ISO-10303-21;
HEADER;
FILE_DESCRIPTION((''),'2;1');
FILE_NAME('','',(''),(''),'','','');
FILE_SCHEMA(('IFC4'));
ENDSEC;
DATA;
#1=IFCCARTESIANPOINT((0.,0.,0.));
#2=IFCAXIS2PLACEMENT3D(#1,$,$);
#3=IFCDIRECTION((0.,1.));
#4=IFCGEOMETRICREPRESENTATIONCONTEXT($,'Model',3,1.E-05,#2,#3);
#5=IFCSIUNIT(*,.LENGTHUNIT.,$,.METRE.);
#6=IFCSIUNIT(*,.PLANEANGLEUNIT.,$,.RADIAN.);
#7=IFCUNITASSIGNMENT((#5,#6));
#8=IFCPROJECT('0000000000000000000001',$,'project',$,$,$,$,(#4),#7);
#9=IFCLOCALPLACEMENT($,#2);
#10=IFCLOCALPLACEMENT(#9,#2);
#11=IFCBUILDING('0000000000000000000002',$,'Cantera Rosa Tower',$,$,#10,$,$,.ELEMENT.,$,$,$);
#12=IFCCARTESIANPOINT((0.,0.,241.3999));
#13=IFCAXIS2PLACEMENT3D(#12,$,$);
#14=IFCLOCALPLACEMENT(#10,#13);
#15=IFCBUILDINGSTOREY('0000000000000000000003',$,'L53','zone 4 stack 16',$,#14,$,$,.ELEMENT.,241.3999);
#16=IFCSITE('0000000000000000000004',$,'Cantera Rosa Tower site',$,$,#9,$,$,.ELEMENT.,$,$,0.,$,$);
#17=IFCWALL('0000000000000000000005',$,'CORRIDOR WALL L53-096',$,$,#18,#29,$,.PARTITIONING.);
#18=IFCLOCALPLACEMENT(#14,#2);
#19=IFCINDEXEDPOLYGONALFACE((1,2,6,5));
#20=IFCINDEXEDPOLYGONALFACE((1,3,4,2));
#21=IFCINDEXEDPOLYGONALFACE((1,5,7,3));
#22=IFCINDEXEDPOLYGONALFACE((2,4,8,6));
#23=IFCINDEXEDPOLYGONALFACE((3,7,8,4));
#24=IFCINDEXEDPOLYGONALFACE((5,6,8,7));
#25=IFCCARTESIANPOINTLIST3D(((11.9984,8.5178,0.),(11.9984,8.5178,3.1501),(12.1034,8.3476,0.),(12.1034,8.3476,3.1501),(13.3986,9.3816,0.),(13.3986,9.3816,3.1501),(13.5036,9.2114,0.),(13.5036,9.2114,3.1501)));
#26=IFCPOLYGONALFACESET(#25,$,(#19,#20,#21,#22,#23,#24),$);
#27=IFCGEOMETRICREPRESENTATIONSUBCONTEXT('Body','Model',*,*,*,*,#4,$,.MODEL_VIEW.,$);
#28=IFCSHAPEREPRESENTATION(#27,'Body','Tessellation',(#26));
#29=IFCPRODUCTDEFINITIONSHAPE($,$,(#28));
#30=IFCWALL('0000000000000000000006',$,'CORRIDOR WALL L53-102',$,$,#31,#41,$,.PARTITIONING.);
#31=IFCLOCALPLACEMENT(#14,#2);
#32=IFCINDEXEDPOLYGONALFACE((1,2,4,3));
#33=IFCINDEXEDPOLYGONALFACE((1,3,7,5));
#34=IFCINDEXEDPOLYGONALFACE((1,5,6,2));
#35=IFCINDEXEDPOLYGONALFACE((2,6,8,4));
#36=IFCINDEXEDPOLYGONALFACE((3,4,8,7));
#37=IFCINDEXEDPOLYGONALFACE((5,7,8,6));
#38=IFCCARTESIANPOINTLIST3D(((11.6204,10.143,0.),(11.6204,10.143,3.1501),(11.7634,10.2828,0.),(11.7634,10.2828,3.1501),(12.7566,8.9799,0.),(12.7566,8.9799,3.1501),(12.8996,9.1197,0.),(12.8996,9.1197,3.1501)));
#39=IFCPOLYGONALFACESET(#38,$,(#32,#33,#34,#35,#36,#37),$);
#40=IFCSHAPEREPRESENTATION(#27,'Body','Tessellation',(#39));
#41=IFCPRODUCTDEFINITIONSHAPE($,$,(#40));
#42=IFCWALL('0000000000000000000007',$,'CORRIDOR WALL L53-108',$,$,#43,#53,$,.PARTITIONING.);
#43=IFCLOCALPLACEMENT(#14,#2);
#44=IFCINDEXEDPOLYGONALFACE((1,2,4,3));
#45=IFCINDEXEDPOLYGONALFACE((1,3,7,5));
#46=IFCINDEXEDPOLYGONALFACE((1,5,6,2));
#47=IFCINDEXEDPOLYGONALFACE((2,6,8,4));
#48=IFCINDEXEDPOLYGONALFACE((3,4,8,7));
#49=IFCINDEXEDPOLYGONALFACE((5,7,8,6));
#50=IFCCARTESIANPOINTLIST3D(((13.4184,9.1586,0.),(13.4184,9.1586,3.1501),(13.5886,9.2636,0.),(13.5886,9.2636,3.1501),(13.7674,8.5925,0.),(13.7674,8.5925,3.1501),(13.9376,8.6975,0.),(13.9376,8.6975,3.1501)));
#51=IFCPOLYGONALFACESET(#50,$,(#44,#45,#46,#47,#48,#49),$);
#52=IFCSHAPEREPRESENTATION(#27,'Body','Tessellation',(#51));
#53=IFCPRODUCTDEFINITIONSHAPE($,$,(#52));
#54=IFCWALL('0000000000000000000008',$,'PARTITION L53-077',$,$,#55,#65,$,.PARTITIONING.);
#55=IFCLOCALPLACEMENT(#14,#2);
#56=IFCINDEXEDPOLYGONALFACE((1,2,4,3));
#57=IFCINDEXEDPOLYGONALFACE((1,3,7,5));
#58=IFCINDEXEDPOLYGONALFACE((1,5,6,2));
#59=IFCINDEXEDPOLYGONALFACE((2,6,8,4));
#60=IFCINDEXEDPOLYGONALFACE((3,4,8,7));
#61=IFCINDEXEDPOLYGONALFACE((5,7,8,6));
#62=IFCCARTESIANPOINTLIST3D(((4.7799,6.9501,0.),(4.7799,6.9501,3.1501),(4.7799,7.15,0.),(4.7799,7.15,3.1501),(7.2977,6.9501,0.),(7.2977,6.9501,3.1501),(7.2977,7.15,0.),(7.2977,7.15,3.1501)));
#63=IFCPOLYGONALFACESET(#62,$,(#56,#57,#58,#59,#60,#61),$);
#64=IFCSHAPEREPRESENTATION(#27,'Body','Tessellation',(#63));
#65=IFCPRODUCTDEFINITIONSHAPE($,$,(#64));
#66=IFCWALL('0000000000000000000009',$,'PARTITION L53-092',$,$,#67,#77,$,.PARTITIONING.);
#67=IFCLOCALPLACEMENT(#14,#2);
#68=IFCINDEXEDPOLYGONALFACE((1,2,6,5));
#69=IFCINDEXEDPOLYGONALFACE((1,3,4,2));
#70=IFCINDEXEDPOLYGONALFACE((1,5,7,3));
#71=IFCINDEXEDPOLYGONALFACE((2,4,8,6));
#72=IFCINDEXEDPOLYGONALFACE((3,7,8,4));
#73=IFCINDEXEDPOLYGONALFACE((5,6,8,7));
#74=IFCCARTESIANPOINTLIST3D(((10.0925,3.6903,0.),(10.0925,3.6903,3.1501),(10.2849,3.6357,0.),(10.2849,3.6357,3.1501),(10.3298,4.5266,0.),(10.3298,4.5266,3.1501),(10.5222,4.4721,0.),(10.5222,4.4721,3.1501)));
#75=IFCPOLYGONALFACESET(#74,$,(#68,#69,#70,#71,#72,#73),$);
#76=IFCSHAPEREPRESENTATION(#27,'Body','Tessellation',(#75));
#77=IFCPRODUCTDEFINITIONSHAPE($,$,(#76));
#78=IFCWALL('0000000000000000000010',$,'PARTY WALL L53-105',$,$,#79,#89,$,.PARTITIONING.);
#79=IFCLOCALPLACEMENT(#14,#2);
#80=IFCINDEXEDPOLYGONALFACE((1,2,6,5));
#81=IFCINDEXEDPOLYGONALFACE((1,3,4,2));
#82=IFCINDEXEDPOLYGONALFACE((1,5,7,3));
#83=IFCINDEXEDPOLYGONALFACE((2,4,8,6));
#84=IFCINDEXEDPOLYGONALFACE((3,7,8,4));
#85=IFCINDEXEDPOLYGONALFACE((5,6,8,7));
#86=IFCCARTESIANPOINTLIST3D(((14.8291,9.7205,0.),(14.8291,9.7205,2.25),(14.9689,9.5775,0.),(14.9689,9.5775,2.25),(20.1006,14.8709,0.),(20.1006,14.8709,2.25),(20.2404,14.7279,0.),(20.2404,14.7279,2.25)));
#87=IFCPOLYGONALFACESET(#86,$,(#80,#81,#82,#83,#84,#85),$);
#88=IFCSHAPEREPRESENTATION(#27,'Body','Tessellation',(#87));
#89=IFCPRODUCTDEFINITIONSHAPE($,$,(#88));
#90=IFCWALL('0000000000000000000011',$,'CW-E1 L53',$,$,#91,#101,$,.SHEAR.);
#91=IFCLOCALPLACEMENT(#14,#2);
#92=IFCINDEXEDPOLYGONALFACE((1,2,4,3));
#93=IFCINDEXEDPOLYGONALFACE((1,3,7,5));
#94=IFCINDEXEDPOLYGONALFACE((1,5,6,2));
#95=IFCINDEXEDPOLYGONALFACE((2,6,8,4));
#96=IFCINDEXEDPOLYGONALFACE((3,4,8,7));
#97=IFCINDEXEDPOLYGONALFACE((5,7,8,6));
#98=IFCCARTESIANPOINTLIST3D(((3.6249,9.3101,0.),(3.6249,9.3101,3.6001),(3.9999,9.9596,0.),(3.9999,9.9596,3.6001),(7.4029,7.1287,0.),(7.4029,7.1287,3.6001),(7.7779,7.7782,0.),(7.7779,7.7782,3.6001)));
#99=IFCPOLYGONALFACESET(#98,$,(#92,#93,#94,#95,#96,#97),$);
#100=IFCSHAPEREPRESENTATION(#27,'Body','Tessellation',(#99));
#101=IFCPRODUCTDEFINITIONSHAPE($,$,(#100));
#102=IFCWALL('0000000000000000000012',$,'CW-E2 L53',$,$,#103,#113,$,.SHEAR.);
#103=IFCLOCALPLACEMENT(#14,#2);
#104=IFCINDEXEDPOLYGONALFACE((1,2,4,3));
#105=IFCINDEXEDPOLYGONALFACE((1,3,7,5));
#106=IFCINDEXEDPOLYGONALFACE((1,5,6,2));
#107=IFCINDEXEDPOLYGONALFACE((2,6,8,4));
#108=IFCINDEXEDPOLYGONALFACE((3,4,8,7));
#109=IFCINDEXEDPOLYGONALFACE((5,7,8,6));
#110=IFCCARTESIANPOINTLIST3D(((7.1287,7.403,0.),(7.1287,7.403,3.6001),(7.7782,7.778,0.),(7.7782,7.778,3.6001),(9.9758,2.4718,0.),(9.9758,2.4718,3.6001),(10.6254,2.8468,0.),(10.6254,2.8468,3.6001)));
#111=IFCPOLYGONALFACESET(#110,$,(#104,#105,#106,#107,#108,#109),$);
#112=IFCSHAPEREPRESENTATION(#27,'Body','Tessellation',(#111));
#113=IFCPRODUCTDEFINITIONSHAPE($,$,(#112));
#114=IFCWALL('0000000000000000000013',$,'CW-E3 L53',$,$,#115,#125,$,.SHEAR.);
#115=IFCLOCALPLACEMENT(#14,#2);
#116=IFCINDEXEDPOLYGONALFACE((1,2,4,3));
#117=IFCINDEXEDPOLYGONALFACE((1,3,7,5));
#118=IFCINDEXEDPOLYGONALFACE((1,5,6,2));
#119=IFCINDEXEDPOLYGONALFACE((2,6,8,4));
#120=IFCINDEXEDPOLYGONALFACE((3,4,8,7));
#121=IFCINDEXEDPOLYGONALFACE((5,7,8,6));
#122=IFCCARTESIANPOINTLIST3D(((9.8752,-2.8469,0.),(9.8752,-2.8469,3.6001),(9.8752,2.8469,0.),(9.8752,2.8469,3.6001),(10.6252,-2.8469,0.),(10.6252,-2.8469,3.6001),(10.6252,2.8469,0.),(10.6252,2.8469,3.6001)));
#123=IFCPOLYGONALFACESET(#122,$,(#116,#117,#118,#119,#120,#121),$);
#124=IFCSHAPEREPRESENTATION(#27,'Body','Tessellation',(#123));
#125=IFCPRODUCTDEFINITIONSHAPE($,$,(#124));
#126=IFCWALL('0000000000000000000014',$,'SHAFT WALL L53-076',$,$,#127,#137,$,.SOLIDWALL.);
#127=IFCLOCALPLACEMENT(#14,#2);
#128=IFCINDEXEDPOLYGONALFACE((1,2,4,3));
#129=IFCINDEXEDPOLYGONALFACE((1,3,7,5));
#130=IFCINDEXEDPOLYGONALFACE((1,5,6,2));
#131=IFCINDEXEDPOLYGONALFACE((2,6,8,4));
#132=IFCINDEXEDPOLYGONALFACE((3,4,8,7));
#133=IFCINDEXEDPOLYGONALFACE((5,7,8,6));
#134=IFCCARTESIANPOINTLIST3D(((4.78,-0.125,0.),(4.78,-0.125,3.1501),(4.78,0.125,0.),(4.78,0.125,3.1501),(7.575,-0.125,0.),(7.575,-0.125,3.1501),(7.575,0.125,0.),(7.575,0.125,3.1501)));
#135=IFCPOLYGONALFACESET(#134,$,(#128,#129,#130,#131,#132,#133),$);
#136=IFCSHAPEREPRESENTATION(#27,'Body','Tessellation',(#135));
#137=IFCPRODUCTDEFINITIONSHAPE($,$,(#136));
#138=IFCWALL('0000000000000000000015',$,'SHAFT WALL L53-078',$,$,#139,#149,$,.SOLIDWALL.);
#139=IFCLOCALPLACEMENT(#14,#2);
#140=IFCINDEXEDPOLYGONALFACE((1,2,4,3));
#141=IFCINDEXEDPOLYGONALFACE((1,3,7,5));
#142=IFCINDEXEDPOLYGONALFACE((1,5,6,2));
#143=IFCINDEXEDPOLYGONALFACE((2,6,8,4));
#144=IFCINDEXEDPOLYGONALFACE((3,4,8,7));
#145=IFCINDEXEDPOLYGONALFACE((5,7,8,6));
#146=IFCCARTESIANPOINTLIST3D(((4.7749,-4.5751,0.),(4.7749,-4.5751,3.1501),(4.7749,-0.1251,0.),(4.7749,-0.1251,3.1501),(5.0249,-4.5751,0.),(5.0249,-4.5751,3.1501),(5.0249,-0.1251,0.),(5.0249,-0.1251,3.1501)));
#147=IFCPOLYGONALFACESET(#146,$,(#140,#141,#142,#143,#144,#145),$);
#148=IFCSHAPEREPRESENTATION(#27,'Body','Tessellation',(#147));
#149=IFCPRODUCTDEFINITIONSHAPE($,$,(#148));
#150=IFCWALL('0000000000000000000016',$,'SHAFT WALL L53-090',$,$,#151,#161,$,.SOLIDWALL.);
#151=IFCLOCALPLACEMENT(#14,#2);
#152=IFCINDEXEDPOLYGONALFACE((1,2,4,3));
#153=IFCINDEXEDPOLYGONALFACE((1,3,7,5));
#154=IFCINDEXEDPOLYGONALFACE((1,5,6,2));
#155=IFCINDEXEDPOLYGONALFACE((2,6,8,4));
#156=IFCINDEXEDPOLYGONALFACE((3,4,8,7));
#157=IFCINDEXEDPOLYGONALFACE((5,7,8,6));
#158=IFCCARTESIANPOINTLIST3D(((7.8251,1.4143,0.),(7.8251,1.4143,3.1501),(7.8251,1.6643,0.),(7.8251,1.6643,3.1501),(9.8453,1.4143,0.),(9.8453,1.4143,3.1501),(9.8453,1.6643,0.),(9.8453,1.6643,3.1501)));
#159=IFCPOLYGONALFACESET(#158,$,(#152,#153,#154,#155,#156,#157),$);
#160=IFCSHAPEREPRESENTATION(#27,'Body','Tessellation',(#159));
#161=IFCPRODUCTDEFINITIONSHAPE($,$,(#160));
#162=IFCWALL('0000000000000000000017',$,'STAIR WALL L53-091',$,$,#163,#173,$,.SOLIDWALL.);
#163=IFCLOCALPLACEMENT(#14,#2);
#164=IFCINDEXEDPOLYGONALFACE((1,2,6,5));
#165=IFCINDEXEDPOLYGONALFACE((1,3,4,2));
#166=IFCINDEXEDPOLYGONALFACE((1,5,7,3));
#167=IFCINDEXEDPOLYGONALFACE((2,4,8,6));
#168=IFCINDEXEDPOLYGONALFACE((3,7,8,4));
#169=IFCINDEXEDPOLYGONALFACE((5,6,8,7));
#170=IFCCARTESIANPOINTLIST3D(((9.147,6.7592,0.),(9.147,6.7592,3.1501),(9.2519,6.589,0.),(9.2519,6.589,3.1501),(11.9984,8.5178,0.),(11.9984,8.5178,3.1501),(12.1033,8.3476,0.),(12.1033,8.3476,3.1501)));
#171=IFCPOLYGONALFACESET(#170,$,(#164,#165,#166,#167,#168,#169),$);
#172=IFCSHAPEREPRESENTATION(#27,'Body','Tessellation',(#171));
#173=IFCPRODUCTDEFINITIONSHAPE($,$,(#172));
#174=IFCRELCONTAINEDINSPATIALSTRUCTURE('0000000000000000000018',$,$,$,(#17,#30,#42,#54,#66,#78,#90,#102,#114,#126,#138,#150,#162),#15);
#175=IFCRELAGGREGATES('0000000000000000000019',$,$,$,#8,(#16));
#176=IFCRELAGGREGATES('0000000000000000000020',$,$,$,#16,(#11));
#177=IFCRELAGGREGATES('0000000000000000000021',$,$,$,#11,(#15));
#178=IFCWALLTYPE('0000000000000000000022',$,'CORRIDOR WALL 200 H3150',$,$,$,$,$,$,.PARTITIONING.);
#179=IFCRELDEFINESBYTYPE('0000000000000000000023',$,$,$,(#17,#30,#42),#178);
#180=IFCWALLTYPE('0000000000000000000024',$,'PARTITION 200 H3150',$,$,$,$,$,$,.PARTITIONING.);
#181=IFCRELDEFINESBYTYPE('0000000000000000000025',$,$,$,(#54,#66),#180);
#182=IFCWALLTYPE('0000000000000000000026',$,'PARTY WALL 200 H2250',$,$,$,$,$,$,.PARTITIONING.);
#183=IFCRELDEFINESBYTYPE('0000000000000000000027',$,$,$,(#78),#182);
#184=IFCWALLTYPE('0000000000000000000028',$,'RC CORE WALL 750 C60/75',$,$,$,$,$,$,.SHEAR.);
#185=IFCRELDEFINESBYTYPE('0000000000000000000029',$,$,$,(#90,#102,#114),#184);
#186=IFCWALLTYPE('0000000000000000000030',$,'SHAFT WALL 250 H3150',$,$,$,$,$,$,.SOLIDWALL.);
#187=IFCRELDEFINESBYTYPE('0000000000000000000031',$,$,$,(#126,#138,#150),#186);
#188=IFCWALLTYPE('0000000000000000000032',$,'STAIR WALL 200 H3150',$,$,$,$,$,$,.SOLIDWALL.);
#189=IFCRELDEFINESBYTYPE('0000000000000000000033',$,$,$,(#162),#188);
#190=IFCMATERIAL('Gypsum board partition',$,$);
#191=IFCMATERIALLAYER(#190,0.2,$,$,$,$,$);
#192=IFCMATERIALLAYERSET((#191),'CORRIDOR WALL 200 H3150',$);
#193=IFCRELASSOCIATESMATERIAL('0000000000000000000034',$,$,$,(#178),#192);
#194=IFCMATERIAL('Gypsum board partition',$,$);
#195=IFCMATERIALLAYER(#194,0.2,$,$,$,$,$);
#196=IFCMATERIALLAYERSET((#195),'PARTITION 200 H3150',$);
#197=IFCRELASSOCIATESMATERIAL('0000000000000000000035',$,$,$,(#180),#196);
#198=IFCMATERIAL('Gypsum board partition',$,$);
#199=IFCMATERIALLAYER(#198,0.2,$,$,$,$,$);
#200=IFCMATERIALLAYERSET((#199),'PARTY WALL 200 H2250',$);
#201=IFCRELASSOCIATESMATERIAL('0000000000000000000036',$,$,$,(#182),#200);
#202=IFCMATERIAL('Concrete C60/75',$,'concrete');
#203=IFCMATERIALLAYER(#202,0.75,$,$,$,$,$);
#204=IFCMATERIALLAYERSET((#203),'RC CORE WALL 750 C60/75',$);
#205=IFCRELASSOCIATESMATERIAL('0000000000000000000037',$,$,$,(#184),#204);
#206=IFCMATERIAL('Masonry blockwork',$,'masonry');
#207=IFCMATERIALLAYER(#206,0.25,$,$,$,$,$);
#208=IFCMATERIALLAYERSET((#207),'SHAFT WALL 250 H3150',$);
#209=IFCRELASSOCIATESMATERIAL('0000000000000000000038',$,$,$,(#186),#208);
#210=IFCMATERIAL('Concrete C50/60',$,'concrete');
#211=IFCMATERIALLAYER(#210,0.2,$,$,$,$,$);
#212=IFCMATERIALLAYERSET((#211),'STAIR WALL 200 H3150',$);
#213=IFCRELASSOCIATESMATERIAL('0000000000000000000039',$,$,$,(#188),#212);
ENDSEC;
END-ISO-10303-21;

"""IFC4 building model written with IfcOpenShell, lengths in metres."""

from ifc_helpers import new_model, si_unit, direction, frame, frame_2d, origin, place, context, subcontext, project, spatial, rectangle, extrude, material, layer, layer_set, type_object, element, save


model = new_model("IFC4")

# Units and contexts
model_context = context("Model", 3, precision=1e-05, world=origin(), true_north=direction((0.0, 1.0)))
body_context = subcontext(model_context, "Body", "Model", "MODEL_VIEW")
ifc_project = project(units=[si_unit("LENGTHUNIT", "METRE"), si_unit("PLANEANGLEUNIT", "RADIAN")], contexts=[model_context])

# Site, building, storey
site_placement = place(None, origin())
site = spatial("IfcSite", under=ifc_project, at=site_placement, Name="Cantera Rosa Tower site", CompositionType="ELEMENT", RefElevation=0.0)
building_placement = place(site_placement, origin())
building = spatial("IfcBuilding", under=site, at=building_placement, Name="Cantera Rosa Tower", CompositionType="ELEMENT")
storey_placement = place(building_placement, frame((0.0, 0.0, 241.3999)))
storey = spatial("IfcBuildingStorey", under=building, at=storey_placement, Name="L53", Description="zone 4 stack 16", CompositionType="ELEMENT", Elevation=241.3999)

# Walls
ifc_material_1 = material(Name="Gypsum board partition")
ifc_layer_1 = layer(ifc_material_1, 0.2)
ifc_layer_set_1 = layer_set([ifc_layer_1], Name="CORRIDOR WALL 200 H3150")
wall_type_1 = type_object("IfcWallType", Name="CORRIDOR WALL 200 H3150", PredefinedType="PARTITIONING", material=ifc_layer_set_1)
wall_1_placement = place(storey_placement, frame((12.0508, 8.4326, 0.0), z_axis=(0.0, 0.0, 1.0), x_axis=(0.851077, 0.525041, 0.0)))
element("IfcWall", 1, at=wall_1_placement, inside=storey, type_object=wall_type_1, Name="CORRIDOR WALL L53-096", PredefinedType="PARTITIONING", context=body_context, shape_type="SweptSolid", body=[
    extrude(rectangle(XDim=1.6453, YDim=0.2, at=frame_2d((0.8228, 0.0))), origin(), (0.0, 0.0, 1.0), 3.1501),
])
wall_2_placement = place(storey_placement, frame((12.8281, 9.0498, 0.0), z_axis=(0.0, 0.0, 1.0), x_axis=(-0.6988, 0.715317, 0.0)))
element("IfcWall", 2, at=wall_2_placement, inside=storey, type_object=wall_type_1, Name="CORRIDOR WALL L53-102", PredefinedType="PARTITIONING", context=body_context, shape_type="SweptSolid", body=[
    extrude(rectangle(XDim=1.626, YDim=0.2, at=frame_2d((0.813, 0.0))), origin(), (0.0, 0.0, 1.0), 3.1501),
])
wall_3_placement = place(storey_placement, frame((13.8525, 8.645, 0.0), z_axis=(0.0, 0.0, 1.0), x_axis=(-0.524875, 0.851179, 0.0)))
element("IfcWall", 3, at=wall_3_placement, inside=storey, type_object=wall_type_1, Name="CORRIDOR WALL L53-108", PredefinedType="PARTITIONING", context=body_context, shape_type="SweptSolid", body=[
    extrude(rectangle(XDim=0.665, YDim=0.2, at=frame_2d((0.3325, 0.0))), origin(), (0.0, 0.0, 1.0), 3.1501),
])
ifc_material_2 = material(Name="Gypsum board partition")
ifc_layer_2 = layer(ifc_material_2, 0.2)
ifc_layer_set_2 = layer_set([ifc_layer_2], Name="PARTITION 200 H3150")
wall_type_2 = type_object("IfcWallType", Name="PARTITION 200 H3150", PredefinedType="PARTITIONING", material=ifc_layer_set_2)
wall_4_placement = place(storey_placement, frame((4.78, 7.05, 0.0), z_axis=(0.0, 0.0, 1.0), x_axis=(1.0, 0.0, 0.0)))
element("IfcWall", 4, at=wall_4_placement, inside=storey, type_object=wall_type_2, Name="PARTITION L53-077", PredefinedType="PARTITIONING", context=body_context, shape_type="SweptSolid", body=[
    extrude(rectangle(XDim=2.5178, YDim=0.2, at=frame_2d((1.2588, 0.0))), origin(), (0.0, 0.0, 1.0), 3.1501),
])
wall_5_placement = place(storey_placement, frame((10.1887, 3.6631, 0.0), z_axis=(0.0, 0.0, 1.0), x_axis=(0.27294, 0.962031, 0.0)))
element("IfcWall", 5, at=wall_5_placement, inside=storey, type_object=wall_type_2, Name="PARTITION L53-092", PredefinedType="PARTITIONING", context=body_context, shape_type="SweptSolid", body=[
    extrude(rectangle(XDim=0.8694, YDim=0.2, at=frame_2d((0.4346, 0.0))), origin(), (0.0, 0.0, 1.0), 3.1501),
])
ifc_material_3 = material(Name="Gypsum board partition")
ifc_layer_3 = layer(ifc_material_3, 0.2)
ifc_layer_set_3 = layer_set([ifc_layer_3], Name="PARTY WALL 200 H2250")
wall_type_3 = type_object("IfcWallType", Name="PARTY WALL 200 H2250", PredefinedType="PARTITIONING", material=ifc_layer_set_3)
wall_6_placement = place(storey_placement, frame((14.8989, 9.6489, 0.0), z_axis=(0.0, 0.0, 1.0), x_axis=(0.715275, 0.698844, 0.0)))
element("IfcWall", 6, at=wall_6_placement, inside=storey, type_object=wall_type_3, Name="PARTY WALL L53-105", PredefinedType="PARTITIONING", context=body_context, shape_type="SweptSolid", body=[
    extrude(rectangle(XDim=7.3699, YDim=0.2, at=frame_2d((3.6851, 0.0))), origin(), (0.0, 0.0, 1.0), 2.25),
])
ifc_material_4 = material(Name="Concrete C60/75", Category="concrete")
ifc_layer_4 = layer(ifc_material_4, 0.75)
ifc_layer_set_4 = layer_set([ifc_layer_4], Name="RC CORE WALL 750 C60/75")
wall_type_4 = type_object("IfcWallType", Name="RC CORE WALL 750 C60/75", PredefinedType="SHEAR", material=ifc_layer_set_4)
wall_7_placement = place(storey_placement, frame((3.8125, 9.6348, 0.0), z_axis=(0.0, 0.0, 1.0), x_axis=(0.866013, -0.500021, 0.0)))
element("IfcWall", 7, at=wall_7_placement, inside=storey, type_object=wall_type_4, Name="CW-E1 L53", PredefinedType="SHEAR", context=body_context, shape_type="SweptSolid", body=[
    extrude(rectangle(XDim=4.3625, YDim=0.75, at=frame_2d((2.1812, 0.0))), origin(), (0.0, 0.0, 1.0), 3.6001),
])
wall_8_placement = place(storey_placement, frame((7.4534, 7.5906, 0.0), z_axis=(0.0, 0.0, 1.0), x_axis=(0.500022, -0.866013, 0.0)))
element("IfcWall", 8, at=wall_8_placement, inside=storey, type_object=wall_type_4, Name="CW-E2 L53", PredefinedType="SHEAR", context=body_context, shape_type="SweptSolid", body=[
    extrude(rectangle(XDim=5.6941, YDim=0.75, at=frame_2d((2.8472, 0.0))), origin(), (0.0, 0.0, 1.0), 3.6001),
])
wall_9_placement = place(storey_placement, frame((10.2502, 2.8469, 0.0), z_axis=(0.0, 0.0, 1.0), x_axis=(0.0, -1.0, 0.0)))
element("IfcWall", 9, at=wall_9_placement, inside=storey, type_object=wall_type_4, Name="CW-E3 L53", PredefinedType="SHEAR", context=body_context, shape_type="SweptSolid", body=[
    extrude(rectangle(XDim=5.6938, YDim=0.75, at=frame_2d((2.8469, 0.0))), origin(), (0.0, 0.0, 1.0), 3.6001),
])
ifc_material_5 = material(Name="Masonry blockwork", Category="masonry")
ifc_layer_5 = layer(ifc_material_5, 0.25)
ifc_layer_set_5 = layer_set([ifc_layer_5], Name="SHAFT WALL 250 H3150")
wall_type_5 = type_object("IfcWallType", Name="SHAFT WALL 250 H3150", PredefinedType="SOLIDWALL", material=ifc_layer_set_5)
wall_10_placement = place(storey_placement, frame((4.78, 0.0, 0.0), z_axis=(0.0, 0.0, 1.0), x_axis=(1.0, 0.0, 0.0)))
element("IfcWall", 10, at=wall_10_placement, inside=storey, type_object=wall_type_5, Name="SHAFT WALL L53-076", PredefinedType="SOLIDWALL", context=body_context, shape_type="SweptSolid", body=[
    extrude(rectangle(XDim=2.7949, YDim=0.25, at=frame_2d((1.3975, 0.0))), origin(), (0.0, 0.0, 1.0), 3.1501),
])
wall_11_placement = place(storey_placement, frame((4.8999, -0.125, 0.0), z_axis=(0.0, 0.0, 1.0), x_axis=(0.0, -1.0, 0.0)))
element("IfcWall", 11, at=wall_11_placement, inside=storey, type_object=wall_type_5, Name="SHAFT WALL L53-078", PredefinedType="SOLIDWALL", context=body_context, shape_type="SweptSolid", body=[
    extrude(rectangle(XDim=4.45, YDim=0.25, at=frame_2d((2.2251, 0.0))), origin(), (0.0, 0.0, 1.0), 3.1501),
])
wall_12_placement = place(storey_placement, frame((7.825, 1.5393, 0.0), z_axis=(0.0, 0.0, 1.0), x_axis=(1.0, 0.0, 0.0)))
element("IfcWall", 12, at=wall_12_placement, inside=storey, type_object=wall_type_5, Name="SHAFT WALL L53-090", PredefinedType="SOLIDWALL", context=body_context, shape_type="SweptSolid", body=[
    extrude(rectangle(XDim=2.0203, YDim=0.25, at=frame_2d((1.0103, 0.0))), origin(), (0.0, 0.0, 1.0), 3.1501),
])
ifc_material_6 = material(Name="Concrete C50/60", Category="concrete")
ifc_layer_6 = layer(ifc_material_6, 0.2)
ifc_layer_set_6 = layer_set([ifc_layer_6], Name="STAIR WALL 200 H3150")
wall_type_6 = type_object("IfcWallType", Name="STAIR WALL 200 H3150", PredefinedType="SOLIDWALL", material=ifc_layer_set_6)
wall_13_placement = place(storey_placement, frame((9.1995, 6.6741, 0.0), z_axis=(0.0, 0.0, 1.0), x_axis=(0.85114, 0.524939, 0.0)))
element("IfcWall", 13, at=wall_13_placement, inside=storey, type_object=wall_type_6, Name="STAIR WALL L53-091", PredefinedType="SOLIDWALL", context=body_context, shape_type="SweptSolid", body=[
    extrude(rectangle(XDim=3.3501, YDim=0.2, at=frame_2d((1.675, 0.0))), origin(), (0.0, 0.0, 1.0), 3.1501),
])

save(model, "model.ifc")
